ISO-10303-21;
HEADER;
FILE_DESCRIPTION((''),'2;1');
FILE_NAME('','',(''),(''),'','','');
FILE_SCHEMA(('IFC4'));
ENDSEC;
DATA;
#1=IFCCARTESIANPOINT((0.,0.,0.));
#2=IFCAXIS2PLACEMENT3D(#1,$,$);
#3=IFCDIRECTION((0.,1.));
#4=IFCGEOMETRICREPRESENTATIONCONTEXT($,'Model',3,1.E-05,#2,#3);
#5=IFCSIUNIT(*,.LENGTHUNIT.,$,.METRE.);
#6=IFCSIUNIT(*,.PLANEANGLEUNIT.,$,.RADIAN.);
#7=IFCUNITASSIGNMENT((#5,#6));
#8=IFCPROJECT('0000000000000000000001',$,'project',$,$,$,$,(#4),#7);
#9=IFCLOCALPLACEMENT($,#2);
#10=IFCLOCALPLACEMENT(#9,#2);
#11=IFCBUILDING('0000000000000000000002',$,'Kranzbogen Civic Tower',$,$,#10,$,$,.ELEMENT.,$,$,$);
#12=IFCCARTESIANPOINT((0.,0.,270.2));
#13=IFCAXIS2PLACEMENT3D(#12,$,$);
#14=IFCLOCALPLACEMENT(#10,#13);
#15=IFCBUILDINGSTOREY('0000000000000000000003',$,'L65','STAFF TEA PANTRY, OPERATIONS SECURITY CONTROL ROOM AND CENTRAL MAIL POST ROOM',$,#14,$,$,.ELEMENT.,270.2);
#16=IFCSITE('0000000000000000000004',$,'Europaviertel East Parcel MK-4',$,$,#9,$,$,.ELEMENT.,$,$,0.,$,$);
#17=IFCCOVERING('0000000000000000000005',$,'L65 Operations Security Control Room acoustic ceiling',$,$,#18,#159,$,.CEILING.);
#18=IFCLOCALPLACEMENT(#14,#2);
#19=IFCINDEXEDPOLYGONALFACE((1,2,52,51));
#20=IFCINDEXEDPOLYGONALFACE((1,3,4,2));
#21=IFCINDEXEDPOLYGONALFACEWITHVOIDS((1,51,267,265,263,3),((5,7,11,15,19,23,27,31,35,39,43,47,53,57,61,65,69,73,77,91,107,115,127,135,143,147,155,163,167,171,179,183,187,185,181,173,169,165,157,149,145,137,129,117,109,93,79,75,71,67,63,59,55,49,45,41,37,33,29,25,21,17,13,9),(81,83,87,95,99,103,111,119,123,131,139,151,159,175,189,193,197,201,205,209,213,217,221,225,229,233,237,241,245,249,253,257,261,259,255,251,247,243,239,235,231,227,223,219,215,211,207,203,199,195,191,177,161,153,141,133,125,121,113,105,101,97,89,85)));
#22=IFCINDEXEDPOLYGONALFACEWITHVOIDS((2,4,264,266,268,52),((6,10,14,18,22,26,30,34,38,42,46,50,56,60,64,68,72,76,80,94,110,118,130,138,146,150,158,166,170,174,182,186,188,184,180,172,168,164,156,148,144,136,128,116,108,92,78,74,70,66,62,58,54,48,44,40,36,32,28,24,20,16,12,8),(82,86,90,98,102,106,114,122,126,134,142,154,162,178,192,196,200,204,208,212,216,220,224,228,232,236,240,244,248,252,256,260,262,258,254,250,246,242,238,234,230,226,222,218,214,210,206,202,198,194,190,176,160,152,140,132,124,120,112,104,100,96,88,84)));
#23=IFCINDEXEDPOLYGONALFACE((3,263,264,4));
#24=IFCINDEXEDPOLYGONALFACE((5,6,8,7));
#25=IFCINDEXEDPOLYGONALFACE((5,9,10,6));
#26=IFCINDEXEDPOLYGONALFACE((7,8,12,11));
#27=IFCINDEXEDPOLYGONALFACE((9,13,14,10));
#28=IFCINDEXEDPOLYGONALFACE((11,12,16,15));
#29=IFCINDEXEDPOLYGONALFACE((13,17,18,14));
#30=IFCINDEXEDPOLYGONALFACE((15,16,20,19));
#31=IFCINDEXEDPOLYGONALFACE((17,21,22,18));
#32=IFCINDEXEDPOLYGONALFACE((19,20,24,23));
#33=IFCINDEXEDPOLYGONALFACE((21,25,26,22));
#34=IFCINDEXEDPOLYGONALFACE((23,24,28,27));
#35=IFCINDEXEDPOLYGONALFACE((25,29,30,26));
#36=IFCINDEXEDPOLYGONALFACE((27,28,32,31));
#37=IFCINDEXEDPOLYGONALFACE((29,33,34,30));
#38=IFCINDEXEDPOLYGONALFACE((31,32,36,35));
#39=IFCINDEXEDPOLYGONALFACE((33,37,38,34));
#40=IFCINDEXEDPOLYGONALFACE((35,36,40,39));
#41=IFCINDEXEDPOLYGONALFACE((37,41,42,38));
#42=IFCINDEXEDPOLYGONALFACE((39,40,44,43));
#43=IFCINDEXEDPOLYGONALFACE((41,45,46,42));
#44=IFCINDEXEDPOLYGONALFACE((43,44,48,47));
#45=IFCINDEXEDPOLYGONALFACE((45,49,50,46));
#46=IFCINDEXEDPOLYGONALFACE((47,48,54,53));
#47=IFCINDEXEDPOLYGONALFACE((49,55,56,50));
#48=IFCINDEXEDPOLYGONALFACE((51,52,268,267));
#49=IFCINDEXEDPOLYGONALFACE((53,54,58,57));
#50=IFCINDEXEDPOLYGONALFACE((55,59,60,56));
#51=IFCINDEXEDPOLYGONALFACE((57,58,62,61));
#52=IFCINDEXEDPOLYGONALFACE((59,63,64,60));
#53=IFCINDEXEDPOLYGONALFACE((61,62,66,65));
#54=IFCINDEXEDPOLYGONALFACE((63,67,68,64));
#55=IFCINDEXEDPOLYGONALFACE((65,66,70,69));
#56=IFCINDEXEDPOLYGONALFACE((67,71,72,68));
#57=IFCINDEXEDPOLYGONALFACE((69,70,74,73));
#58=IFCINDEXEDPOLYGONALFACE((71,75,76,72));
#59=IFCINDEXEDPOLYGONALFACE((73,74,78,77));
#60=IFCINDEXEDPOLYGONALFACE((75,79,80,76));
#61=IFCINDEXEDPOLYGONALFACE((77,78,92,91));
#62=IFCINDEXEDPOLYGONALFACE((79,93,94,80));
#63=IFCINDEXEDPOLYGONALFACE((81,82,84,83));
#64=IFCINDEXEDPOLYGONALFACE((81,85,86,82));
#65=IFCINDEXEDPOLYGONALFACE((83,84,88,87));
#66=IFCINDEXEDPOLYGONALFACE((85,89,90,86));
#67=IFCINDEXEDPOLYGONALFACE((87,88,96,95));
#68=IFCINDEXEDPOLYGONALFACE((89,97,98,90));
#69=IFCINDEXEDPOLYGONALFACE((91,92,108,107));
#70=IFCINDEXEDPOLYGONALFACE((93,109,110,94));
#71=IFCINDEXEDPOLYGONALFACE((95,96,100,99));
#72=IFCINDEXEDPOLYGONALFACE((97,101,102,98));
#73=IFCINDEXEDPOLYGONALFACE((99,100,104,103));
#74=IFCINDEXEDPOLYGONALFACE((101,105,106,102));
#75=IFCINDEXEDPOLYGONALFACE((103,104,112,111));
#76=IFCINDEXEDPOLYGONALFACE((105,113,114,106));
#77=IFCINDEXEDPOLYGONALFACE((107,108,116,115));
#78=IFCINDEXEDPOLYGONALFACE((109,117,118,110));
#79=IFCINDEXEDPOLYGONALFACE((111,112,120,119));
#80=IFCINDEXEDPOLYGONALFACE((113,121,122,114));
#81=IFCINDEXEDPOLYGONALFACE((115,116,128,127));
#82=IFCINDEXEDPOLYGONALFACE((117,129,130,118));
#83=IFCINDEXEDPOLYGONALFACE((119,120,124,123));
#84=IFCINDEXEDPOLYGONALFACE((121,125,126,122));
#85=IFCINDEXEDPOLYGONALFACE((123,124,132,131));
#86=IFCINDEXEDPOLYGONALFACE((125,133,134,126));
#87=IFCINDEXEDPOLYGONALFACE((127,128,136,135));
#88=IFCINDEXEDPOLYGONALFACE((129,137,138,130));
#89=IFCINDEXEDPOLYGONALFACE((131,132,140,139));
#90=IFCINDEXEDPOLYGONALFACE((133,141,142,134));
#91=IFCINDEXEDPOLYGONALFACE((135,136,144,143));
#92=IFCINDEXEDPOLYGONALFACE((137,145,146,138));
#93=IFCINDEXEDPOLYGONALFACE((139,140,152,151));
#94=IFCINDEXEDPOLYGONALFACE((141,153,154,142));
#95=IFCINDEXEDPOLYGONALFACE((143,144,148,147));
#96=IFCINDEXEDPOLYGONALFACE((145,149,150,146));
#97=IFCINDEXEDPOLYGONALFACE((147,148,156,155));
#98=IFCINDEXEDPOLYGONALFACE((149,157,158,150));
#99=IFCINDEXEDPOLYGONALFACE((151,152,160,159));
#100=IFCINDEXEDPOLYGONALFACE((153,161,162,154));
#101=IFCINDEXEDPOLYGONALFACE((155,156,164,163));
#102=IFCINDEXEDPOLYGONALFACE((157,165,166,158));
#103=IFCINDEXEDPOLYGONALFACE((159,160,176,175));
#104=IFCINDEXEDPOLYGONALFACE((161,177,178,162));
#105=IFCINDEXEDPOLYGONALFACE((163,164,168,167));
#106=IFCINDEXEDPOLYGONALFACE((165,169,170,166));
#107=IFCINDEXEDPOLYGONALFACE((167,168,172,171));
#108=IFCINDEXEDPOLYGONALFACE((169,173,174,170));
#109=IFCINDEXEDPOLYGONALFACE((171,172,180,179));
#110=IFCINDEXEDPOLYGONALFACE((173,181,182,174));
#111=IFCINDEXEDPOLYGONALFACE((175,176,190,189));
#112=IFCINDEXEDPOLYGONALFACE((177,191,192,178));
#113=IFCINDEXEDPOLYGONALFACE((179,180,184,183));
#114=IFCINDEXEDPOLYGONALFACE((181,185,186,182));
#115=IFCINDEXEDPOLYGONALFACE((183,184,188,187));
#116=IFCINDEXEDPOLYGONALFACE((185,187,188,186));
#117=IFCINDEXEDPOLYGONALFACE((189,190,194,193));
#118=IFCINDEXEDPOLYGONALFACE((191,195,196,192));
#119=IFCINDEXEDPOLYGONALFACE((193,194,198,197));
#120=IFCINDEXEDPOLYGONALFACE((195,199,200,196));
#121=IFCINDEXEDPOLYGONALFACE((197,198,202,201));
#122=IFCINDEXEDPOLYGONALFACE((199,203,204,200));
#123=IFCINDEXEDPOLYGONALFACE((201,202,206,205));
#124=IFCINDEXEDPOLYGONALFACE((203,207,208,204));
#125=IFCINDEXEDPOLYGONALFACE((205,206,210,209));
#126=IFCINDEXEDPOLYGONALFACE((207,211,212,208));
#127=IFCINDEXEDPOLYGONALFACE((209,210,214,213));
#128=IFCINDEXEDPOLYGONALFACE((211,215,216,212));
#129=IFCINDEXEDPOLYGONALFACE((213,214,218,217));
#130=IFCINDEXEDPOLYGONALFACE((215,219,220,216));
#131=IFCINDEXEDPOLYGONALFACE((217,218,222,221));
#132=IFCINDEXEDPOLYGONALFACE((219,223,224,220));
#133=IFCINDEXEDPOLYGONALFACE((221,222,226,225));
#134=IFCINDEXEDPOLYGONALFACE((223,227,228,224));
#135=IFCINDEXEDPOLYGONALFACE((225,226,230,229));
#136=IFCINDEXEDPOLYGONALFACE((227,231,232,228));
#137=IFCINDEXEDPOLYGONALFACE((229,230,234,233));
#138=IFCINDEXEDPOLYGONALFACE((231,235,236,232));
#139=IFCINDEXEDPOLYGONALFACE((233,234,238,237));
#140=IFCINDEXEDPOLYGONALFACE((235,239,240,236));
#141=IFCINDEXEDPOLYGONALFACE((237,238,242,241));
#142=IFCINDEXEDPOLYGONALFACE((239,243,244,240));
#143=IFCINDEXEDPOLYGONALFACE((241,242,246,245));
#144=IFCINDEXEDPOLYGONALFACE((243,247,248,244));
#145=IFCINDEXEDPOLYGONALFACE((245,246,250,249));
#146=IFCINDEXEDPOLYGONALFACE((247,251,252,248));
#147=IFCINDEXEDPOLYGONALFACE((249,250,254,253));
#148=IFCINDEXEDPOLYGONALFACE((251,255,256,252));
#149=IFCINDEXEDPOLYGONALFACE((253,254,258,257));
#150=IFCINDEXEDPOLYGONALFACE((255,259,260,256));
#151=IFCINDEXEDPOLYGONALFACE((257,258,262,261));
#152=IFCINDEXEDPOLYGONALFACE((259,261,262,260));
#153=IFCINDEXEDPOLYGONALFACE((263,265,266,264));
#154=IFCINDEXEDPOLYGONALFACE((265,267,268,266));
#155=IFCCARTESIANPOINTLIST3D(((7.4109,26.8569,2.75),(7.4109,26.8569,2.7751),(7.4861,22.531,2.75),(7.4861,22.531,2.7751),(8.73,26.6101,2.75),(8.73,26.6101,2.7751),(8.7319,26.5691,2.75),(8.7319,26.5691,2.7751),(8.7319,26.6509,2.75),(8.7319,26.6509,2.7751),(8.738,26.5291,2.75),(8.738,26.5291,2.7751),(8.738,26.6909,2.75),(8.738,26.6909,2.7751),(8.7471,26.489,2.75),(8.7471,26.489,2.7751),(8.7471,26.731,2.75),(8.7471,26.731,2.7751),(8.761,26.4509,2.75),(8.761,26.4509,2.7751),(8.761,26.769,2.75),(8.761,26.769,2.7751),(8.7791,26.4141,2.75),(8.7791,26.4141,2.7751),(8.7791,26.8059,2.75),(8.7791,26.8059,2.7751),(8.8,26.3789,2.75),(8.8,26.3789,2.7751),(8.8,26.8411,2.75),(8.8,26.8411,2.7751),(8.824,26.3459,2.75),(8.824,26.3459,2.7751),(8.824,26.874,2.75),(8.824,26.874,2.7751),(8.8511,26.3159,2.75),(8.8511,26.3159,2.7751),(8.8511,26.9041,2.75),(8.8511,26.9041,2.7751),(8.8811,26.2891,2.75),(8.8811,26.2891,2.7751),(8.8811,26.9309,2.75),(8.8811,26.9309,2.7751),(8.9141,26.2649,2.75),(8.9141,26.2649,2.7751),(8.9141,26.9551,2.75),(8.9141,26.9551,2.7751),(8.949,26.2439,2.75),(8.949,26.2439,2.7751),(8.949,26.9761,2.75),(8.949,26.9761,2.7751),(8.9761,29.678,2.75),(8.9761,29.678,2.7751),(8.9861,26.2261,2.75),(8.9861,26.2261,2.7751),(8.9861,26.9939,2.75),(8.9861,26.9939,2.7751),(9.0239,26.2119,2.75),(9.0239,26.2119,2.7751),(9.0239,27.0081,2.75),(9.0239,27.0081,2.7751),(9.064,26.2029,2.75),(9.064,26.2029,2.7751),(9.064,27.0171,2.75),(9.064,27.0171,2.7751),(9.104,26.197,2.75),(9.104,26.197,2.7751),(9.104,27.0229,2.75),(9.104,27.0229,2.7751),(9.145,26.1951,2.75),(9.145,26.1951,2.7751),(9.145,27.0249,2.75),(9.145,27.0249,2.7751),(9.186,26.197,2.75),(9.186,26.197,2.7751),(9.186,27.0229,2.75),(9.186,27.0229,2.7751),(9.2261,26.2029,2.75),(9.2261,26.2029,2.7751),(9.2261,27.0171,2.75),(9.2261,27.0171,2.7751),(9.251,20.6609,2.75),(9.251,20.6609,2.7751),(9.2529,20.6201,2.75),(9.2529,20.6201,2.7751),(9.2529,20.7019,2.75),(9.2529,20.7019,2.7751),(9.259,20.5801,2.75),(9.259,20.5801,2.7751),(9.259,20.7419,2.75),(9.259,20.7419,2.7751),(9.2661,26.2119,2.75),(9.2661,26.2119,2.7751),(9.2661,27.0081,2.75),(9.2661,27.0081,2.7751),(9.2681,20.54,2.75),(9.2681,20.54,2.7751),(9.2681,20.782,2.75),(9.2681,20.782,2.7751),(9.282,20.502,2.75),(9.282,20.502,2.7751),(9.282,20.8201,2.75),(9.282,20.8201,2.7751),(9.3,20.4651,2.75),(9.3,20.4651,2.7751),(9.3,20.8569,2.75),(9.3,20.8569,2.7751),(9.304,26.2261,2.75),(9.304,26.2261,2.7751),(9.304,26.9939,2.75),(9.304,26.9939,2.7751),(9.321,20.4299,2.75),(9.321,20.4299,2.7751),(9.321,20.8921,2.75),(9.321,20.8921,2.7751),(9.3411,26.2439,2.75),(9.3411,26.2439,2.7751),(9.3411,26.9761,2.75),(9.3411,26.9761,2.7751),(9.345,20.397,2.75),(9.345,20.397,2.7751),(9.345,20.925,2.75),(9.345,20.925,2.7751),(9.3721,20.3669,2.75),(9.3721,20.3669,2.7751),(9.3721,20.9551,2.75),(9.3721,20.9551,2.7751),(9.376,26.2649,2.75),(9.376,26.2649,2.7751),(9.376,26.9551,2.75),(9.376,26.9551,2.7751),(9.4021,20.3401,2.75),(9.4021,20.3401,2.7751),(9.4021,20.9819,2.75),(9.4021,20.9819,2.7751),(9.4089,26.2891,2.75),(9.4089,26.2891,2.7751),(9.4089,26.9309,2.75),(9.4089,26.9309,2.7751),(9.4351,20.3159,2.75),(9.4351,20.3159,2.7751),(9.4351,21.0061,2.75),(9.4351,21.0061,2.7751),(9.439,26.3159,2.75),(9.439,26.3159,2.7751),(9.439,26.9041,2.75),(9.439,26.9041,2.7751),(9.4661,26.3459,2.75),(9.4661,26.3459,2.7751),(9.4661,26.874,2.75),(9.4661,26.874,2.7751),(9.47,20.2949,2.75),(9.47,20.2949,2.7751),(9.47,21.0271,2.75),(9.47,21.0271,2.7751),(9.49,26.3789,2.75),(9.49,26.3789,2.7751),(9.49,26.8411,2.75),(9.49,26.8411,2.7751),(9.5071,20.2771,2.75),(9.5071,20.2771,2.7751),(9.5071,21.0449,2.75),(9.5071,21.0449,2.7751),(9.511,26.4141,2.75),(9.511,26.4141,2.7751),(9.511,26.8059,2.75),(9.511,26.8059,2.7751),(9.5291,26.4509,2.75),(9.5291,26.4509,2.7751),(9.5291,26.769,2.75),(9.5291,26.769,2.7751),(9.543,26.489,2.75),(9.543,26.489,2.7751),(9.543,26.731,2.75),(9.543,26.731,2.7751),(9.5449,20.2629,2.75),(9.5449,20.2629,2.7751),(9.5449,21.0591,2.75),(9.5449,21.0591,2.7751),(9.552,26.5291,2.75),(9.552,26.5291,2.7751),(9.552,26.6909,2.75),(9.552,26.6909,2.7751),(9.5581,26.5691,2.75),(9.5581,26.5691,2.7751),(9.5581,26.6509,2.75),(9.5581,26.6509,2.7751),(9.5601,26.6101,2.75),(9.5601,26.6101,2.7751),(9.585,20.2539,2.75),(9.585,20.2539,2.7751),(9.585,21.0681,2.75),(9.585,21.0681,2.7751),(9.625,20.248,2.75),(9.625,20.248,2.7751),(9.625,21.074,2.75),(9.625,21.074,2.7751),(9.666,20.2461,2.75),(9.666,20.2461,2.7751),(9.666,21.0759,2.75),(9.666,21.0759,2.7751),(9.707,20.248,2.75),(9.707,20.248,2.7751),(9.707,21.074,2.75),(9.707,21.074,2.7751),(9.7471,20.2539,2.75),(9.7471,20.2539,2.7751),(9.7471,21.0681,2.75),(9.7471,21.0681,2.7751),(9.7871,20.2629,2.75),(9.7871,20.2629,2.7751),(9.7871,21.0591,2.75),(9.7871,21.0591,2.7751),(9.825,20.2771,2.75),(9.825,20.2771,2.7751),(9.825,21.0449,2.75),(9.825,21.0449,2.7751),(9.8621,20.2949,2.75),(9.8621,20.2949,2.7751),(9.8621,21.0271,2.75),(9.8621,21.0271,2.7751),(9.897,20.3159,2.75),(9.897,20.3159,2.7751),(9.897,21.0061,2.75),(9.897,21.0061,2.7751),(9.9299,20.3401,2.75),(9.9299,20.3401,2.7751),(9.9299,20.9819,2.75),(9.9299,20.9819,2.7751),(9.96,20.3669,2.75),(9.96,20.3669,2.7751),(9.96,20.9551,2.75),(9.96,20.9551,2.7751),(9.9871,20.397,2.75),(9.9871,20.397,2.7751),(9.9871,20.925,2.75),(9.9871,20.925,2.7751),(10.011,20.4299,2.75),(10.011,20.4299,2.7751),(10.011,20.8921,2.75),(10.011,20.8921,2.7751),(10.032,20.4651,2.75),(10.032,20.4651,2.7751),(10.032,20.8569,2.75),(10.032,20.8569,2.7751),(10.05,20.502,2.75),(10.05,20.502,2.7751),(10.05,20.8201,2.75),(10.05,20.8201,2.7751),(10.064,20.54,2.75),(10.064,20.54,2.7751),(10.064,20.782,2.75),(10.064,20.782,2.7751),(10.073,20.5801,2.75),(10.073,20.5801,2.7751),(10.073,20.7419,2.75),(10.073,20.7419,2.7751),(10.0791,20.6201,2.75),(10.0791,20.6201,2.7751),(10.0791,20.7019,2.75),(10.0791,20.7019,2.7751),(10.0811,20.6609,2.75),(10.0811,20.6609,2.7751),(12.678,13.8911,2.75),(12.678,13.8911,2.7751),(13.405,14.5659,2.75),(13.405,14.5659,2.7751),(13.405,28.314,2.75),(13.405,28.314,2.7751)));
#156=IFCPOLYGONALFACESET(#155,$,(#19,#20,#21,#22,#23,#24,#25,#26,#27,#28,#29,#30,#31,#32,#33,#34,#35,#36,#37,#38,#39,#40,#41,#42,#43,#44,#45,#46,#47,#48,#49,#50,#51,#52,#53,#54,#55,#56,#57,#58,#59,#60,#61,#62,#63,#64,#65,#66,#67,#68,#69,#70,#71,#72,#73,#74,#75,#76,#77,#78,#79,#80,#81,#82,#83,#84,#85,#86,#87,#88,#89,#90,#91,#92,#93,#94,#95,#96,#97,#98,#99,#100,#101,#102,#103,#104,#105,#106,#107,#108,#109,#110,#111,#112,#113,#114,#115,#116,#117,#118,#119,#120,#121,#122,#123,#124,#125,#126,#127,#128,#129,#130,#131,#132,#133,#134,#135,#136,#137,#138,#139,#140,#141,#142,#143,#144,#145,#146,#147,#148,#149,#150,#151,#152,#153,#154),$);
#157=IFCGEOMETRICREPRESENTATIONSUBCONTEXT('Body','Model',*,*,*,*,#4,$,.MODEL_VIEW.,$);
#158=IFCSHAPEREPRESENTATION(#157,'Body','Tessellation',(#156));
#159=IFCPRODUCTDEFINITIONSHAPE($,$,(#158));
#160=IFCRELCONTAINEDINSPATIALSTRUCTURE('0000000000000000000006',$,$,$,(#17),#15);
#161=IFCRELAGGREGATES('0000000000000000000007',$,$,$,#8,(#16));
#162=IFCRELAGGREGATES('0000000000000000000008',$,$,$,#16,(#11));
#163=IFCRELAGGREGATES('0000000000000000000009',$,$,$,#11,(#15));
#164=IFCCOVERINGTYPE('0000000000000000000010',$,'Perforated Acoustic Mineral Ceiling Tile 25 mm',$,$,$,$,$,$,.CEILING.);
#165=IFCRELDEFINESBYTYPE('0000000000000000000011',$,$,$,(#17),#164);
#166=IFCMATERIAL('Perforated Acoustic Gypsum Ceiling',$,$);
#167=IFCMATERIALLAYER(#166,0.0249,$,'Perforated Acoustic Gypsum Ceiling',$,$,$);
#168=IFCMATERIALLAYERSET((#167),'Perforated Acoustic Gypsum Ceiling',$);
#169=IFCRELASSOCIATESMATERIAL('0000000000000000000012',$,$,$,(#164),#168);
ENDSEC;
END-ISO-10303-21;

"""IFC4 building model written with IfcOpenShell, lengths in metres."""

from ifc_helpers import new_model, si_unit, direction, frame, origin, place, context, subcontext, project, spatial, polyline, outline, extrude, material, layer, layer_set, type_object, element, save


model = new_model("IFC4")

# Units and contexts
model_context = context("Model", 3, precision=1e-05, world=origin(), true_north=direction((0.0, 1.0)))
body_context = subcontext(model_context, "Body", "Model", "MODEL_VIEW")
ifc_project = project(units=[si_unit("LENGTHUNIT", "METRE"), si_unit("PLANEANGLEUNIT", "RADIAN")], contexts=[model_context])

# Site, building, storey
site_placement = place(None, origin())
site = spatial("IfcSite", under=ifc_project, at=site_placement, Name="Europaviertel East Parcel MK-4", CompositionType="ELEMENT", RefElevation=0.0)
building_placement = place(site_placement, origin())
building = spatial("IfcBuilding", under=site, at=building_placement, Name="Kranzbogen Civic Tower", CompositionType="ELEMENT")
storey_placement = place(building_placement, frame((0.0, 0.0, 270.2)))
storey = spatial("IfcBuildingStorey", under=building, at=storey_placement, Name="L65", Description="STAFF TEA PANTRY, OPERATIONS SECURITY CONTROL ROOM AND CENTRAL MAIL POST ROOM", CompositionType="ELEMENT", Elevation=270.2)

# Covering
ifc_material_1 = material(Name="Perforated Acoustic Gypsum Ceiling")
ifc_layer_1 = layer(ifc_material_1, 0.0249, Name="Perforated Acoustic Gypsum Ceiling")
ifc_layer_set_1 = layer_set([ifc_layer_1], Name="Perforated Acoustic Gypsum Ceiling")
covering_type_1 = type_object("IfcCoveringType", Name="Perforated Acoustic Mineral Ceiling Tile 25 mm", PredefinedType="CEILING", material=ifc_layer_set_1)
covering_1_placement = place(storey_placement, frame((0.0, 0.0, 2.75)))
element("IfcCovering", 1, at=covering_1_placement, inside=storey, type_object=covering_type_1, Name="L65 Operations Security Control Room acoustic ceiling", PredefinedType="CEILING", context=body_context, shape_type="SweptSolid", body=[
    extrude(outline(polyline([(7.4109, 26.8569), (8.9761, 29.678), (13.405, 28.314), (13.405, 14.5659), (12.678, 13.8911), (7.4861, 22.531), (7.4109, 26.8569)]), holes=[polyline([(10.05, 20.502), (10.032, 20.4651), (10.011, 20.4299), (9.9871, 20.397), (9.96, 20.3669), (9.9299, 20.3401), (9.897, 20.3159), (9.8621, 20.2949), (9.825, 20.2771), (9.7871, 20.2629), (9.7471, 20.2539), (9.707, 20.248), (9.666, 20.2461), (9.625, 20.248), (9.585, 20.2539), (9.5449, 20.2629), (9.5071, 20.2771), (9.47, 20.2949), (9.4351, 20.3159), (9.4021, 20.3401), (9.3721, 20.3669), (9.345, 20.397), (9.321, 20.4299), (9.3, 20.4651), (9.282, 20.502), (9.2681, 20.54), (9.259, 20.5801), (9.2529, 20.6201), (9.251, 20.6609), (9.2529, 20.7019), (9.259, 20.7419), (9.2681, 20.782), (9.282, 20.8201), (9.3, 20.8569), (9.321, 20.8921), (9.345, 20.925), (9.3721, 20.9551), (9.4021, 20.9819), (9.4351, 21.0061), (9.47, 21.0271), (9.5071, 21.0449), (9.5449, 21.0591), (9.585, 21.0681), (9.625, 21.074), (9.666, 21.0759), (9.707, 21.074), (9.7471, 21.0681), (9.7871, 21.0591), (9.825, 21.0449), (9.8621, 21.0271), (9.897, 21.0061), (9.9299, 20.9819), (9.96, 20.9551), (9.9871, 20.925), (10.011, 20.8921), (10.032, 20.8569), (10.05, 20.8201), (10.064, 20.782), (10.073, 20.7419), (10.0791, 20.7019), (10.0811, 20.6609), (10.0791, 20.6201), (10.073, 20.5801), (10.064, 20.54), (10.05, 20.502)]), polyline([(9.5291, 26.4509), (9.511, 26.4141), (9.49, 26.3789), (9.4661, 26.3459), (9.439, 26.3159), (9.4089, 26.2891), (9.376, 26.2649), (9.3411, 26.2439), (9.304, 26.2261), (9.2661, 26.2119), (9.2261, 26.2029), (9.186, 26.197), (9.145, 26.1951), (9.104, 26.197), (9.064, 26.2029), (9.0239, 26.2119), (8.9861, 26.2261), (8.949, 26.2439), (8.9141, 26.2649), (8.8811, 26.2891), (8.8511, 26.3159), (8.824, 26.3459), (8.8, 26.3789), (8.7791, 26.4141), (8.761, 26.4509), (8.7471, 26.489), (8.738, 26.5291), (8.7319, 26.5691), (8.73, 26.6101), (8.7319, 26.6509), (8.738, 26.6909), (8.7471, 26.731), (8.761, 26.769), (8.7791, 26.8059), (8.8, 26.8411), (8.824, 26.874), (8.8511, 26.9041), (8.8811, 26.9309), (8.9141, 26.9551), (8.949, 26.9761), (8.9861, 26.9939), (9.0239, 27.0081), (9.064, 27.0171), (9.104, 27.0229), (9.145, 27.0249), (9.186, 27.0229), (9.2261, 27.0171), (9.2661, 27.0081), (9.304, 26.9939), (9.3411, 26.9761), (9.376, 26.9551), (9.4089, 26.9309), (9.439, 26.9041), (9.4661, 26.874), (9.49, 26.8411), (9.511, 26.8059), (9.5291, 26.769), (9.543, 26.731), (9.552, 26.6909), (9.5581, 26.6509), (9.5601, 26.6101), (9.5581, 26.5691), (9.552, 26.5291), (9.543, 26.489), (9.5291, 26.4509)])]), origin(), (0.0, 0.0, 1.0), 0.0251),
])

save(model, "model.ifc")
